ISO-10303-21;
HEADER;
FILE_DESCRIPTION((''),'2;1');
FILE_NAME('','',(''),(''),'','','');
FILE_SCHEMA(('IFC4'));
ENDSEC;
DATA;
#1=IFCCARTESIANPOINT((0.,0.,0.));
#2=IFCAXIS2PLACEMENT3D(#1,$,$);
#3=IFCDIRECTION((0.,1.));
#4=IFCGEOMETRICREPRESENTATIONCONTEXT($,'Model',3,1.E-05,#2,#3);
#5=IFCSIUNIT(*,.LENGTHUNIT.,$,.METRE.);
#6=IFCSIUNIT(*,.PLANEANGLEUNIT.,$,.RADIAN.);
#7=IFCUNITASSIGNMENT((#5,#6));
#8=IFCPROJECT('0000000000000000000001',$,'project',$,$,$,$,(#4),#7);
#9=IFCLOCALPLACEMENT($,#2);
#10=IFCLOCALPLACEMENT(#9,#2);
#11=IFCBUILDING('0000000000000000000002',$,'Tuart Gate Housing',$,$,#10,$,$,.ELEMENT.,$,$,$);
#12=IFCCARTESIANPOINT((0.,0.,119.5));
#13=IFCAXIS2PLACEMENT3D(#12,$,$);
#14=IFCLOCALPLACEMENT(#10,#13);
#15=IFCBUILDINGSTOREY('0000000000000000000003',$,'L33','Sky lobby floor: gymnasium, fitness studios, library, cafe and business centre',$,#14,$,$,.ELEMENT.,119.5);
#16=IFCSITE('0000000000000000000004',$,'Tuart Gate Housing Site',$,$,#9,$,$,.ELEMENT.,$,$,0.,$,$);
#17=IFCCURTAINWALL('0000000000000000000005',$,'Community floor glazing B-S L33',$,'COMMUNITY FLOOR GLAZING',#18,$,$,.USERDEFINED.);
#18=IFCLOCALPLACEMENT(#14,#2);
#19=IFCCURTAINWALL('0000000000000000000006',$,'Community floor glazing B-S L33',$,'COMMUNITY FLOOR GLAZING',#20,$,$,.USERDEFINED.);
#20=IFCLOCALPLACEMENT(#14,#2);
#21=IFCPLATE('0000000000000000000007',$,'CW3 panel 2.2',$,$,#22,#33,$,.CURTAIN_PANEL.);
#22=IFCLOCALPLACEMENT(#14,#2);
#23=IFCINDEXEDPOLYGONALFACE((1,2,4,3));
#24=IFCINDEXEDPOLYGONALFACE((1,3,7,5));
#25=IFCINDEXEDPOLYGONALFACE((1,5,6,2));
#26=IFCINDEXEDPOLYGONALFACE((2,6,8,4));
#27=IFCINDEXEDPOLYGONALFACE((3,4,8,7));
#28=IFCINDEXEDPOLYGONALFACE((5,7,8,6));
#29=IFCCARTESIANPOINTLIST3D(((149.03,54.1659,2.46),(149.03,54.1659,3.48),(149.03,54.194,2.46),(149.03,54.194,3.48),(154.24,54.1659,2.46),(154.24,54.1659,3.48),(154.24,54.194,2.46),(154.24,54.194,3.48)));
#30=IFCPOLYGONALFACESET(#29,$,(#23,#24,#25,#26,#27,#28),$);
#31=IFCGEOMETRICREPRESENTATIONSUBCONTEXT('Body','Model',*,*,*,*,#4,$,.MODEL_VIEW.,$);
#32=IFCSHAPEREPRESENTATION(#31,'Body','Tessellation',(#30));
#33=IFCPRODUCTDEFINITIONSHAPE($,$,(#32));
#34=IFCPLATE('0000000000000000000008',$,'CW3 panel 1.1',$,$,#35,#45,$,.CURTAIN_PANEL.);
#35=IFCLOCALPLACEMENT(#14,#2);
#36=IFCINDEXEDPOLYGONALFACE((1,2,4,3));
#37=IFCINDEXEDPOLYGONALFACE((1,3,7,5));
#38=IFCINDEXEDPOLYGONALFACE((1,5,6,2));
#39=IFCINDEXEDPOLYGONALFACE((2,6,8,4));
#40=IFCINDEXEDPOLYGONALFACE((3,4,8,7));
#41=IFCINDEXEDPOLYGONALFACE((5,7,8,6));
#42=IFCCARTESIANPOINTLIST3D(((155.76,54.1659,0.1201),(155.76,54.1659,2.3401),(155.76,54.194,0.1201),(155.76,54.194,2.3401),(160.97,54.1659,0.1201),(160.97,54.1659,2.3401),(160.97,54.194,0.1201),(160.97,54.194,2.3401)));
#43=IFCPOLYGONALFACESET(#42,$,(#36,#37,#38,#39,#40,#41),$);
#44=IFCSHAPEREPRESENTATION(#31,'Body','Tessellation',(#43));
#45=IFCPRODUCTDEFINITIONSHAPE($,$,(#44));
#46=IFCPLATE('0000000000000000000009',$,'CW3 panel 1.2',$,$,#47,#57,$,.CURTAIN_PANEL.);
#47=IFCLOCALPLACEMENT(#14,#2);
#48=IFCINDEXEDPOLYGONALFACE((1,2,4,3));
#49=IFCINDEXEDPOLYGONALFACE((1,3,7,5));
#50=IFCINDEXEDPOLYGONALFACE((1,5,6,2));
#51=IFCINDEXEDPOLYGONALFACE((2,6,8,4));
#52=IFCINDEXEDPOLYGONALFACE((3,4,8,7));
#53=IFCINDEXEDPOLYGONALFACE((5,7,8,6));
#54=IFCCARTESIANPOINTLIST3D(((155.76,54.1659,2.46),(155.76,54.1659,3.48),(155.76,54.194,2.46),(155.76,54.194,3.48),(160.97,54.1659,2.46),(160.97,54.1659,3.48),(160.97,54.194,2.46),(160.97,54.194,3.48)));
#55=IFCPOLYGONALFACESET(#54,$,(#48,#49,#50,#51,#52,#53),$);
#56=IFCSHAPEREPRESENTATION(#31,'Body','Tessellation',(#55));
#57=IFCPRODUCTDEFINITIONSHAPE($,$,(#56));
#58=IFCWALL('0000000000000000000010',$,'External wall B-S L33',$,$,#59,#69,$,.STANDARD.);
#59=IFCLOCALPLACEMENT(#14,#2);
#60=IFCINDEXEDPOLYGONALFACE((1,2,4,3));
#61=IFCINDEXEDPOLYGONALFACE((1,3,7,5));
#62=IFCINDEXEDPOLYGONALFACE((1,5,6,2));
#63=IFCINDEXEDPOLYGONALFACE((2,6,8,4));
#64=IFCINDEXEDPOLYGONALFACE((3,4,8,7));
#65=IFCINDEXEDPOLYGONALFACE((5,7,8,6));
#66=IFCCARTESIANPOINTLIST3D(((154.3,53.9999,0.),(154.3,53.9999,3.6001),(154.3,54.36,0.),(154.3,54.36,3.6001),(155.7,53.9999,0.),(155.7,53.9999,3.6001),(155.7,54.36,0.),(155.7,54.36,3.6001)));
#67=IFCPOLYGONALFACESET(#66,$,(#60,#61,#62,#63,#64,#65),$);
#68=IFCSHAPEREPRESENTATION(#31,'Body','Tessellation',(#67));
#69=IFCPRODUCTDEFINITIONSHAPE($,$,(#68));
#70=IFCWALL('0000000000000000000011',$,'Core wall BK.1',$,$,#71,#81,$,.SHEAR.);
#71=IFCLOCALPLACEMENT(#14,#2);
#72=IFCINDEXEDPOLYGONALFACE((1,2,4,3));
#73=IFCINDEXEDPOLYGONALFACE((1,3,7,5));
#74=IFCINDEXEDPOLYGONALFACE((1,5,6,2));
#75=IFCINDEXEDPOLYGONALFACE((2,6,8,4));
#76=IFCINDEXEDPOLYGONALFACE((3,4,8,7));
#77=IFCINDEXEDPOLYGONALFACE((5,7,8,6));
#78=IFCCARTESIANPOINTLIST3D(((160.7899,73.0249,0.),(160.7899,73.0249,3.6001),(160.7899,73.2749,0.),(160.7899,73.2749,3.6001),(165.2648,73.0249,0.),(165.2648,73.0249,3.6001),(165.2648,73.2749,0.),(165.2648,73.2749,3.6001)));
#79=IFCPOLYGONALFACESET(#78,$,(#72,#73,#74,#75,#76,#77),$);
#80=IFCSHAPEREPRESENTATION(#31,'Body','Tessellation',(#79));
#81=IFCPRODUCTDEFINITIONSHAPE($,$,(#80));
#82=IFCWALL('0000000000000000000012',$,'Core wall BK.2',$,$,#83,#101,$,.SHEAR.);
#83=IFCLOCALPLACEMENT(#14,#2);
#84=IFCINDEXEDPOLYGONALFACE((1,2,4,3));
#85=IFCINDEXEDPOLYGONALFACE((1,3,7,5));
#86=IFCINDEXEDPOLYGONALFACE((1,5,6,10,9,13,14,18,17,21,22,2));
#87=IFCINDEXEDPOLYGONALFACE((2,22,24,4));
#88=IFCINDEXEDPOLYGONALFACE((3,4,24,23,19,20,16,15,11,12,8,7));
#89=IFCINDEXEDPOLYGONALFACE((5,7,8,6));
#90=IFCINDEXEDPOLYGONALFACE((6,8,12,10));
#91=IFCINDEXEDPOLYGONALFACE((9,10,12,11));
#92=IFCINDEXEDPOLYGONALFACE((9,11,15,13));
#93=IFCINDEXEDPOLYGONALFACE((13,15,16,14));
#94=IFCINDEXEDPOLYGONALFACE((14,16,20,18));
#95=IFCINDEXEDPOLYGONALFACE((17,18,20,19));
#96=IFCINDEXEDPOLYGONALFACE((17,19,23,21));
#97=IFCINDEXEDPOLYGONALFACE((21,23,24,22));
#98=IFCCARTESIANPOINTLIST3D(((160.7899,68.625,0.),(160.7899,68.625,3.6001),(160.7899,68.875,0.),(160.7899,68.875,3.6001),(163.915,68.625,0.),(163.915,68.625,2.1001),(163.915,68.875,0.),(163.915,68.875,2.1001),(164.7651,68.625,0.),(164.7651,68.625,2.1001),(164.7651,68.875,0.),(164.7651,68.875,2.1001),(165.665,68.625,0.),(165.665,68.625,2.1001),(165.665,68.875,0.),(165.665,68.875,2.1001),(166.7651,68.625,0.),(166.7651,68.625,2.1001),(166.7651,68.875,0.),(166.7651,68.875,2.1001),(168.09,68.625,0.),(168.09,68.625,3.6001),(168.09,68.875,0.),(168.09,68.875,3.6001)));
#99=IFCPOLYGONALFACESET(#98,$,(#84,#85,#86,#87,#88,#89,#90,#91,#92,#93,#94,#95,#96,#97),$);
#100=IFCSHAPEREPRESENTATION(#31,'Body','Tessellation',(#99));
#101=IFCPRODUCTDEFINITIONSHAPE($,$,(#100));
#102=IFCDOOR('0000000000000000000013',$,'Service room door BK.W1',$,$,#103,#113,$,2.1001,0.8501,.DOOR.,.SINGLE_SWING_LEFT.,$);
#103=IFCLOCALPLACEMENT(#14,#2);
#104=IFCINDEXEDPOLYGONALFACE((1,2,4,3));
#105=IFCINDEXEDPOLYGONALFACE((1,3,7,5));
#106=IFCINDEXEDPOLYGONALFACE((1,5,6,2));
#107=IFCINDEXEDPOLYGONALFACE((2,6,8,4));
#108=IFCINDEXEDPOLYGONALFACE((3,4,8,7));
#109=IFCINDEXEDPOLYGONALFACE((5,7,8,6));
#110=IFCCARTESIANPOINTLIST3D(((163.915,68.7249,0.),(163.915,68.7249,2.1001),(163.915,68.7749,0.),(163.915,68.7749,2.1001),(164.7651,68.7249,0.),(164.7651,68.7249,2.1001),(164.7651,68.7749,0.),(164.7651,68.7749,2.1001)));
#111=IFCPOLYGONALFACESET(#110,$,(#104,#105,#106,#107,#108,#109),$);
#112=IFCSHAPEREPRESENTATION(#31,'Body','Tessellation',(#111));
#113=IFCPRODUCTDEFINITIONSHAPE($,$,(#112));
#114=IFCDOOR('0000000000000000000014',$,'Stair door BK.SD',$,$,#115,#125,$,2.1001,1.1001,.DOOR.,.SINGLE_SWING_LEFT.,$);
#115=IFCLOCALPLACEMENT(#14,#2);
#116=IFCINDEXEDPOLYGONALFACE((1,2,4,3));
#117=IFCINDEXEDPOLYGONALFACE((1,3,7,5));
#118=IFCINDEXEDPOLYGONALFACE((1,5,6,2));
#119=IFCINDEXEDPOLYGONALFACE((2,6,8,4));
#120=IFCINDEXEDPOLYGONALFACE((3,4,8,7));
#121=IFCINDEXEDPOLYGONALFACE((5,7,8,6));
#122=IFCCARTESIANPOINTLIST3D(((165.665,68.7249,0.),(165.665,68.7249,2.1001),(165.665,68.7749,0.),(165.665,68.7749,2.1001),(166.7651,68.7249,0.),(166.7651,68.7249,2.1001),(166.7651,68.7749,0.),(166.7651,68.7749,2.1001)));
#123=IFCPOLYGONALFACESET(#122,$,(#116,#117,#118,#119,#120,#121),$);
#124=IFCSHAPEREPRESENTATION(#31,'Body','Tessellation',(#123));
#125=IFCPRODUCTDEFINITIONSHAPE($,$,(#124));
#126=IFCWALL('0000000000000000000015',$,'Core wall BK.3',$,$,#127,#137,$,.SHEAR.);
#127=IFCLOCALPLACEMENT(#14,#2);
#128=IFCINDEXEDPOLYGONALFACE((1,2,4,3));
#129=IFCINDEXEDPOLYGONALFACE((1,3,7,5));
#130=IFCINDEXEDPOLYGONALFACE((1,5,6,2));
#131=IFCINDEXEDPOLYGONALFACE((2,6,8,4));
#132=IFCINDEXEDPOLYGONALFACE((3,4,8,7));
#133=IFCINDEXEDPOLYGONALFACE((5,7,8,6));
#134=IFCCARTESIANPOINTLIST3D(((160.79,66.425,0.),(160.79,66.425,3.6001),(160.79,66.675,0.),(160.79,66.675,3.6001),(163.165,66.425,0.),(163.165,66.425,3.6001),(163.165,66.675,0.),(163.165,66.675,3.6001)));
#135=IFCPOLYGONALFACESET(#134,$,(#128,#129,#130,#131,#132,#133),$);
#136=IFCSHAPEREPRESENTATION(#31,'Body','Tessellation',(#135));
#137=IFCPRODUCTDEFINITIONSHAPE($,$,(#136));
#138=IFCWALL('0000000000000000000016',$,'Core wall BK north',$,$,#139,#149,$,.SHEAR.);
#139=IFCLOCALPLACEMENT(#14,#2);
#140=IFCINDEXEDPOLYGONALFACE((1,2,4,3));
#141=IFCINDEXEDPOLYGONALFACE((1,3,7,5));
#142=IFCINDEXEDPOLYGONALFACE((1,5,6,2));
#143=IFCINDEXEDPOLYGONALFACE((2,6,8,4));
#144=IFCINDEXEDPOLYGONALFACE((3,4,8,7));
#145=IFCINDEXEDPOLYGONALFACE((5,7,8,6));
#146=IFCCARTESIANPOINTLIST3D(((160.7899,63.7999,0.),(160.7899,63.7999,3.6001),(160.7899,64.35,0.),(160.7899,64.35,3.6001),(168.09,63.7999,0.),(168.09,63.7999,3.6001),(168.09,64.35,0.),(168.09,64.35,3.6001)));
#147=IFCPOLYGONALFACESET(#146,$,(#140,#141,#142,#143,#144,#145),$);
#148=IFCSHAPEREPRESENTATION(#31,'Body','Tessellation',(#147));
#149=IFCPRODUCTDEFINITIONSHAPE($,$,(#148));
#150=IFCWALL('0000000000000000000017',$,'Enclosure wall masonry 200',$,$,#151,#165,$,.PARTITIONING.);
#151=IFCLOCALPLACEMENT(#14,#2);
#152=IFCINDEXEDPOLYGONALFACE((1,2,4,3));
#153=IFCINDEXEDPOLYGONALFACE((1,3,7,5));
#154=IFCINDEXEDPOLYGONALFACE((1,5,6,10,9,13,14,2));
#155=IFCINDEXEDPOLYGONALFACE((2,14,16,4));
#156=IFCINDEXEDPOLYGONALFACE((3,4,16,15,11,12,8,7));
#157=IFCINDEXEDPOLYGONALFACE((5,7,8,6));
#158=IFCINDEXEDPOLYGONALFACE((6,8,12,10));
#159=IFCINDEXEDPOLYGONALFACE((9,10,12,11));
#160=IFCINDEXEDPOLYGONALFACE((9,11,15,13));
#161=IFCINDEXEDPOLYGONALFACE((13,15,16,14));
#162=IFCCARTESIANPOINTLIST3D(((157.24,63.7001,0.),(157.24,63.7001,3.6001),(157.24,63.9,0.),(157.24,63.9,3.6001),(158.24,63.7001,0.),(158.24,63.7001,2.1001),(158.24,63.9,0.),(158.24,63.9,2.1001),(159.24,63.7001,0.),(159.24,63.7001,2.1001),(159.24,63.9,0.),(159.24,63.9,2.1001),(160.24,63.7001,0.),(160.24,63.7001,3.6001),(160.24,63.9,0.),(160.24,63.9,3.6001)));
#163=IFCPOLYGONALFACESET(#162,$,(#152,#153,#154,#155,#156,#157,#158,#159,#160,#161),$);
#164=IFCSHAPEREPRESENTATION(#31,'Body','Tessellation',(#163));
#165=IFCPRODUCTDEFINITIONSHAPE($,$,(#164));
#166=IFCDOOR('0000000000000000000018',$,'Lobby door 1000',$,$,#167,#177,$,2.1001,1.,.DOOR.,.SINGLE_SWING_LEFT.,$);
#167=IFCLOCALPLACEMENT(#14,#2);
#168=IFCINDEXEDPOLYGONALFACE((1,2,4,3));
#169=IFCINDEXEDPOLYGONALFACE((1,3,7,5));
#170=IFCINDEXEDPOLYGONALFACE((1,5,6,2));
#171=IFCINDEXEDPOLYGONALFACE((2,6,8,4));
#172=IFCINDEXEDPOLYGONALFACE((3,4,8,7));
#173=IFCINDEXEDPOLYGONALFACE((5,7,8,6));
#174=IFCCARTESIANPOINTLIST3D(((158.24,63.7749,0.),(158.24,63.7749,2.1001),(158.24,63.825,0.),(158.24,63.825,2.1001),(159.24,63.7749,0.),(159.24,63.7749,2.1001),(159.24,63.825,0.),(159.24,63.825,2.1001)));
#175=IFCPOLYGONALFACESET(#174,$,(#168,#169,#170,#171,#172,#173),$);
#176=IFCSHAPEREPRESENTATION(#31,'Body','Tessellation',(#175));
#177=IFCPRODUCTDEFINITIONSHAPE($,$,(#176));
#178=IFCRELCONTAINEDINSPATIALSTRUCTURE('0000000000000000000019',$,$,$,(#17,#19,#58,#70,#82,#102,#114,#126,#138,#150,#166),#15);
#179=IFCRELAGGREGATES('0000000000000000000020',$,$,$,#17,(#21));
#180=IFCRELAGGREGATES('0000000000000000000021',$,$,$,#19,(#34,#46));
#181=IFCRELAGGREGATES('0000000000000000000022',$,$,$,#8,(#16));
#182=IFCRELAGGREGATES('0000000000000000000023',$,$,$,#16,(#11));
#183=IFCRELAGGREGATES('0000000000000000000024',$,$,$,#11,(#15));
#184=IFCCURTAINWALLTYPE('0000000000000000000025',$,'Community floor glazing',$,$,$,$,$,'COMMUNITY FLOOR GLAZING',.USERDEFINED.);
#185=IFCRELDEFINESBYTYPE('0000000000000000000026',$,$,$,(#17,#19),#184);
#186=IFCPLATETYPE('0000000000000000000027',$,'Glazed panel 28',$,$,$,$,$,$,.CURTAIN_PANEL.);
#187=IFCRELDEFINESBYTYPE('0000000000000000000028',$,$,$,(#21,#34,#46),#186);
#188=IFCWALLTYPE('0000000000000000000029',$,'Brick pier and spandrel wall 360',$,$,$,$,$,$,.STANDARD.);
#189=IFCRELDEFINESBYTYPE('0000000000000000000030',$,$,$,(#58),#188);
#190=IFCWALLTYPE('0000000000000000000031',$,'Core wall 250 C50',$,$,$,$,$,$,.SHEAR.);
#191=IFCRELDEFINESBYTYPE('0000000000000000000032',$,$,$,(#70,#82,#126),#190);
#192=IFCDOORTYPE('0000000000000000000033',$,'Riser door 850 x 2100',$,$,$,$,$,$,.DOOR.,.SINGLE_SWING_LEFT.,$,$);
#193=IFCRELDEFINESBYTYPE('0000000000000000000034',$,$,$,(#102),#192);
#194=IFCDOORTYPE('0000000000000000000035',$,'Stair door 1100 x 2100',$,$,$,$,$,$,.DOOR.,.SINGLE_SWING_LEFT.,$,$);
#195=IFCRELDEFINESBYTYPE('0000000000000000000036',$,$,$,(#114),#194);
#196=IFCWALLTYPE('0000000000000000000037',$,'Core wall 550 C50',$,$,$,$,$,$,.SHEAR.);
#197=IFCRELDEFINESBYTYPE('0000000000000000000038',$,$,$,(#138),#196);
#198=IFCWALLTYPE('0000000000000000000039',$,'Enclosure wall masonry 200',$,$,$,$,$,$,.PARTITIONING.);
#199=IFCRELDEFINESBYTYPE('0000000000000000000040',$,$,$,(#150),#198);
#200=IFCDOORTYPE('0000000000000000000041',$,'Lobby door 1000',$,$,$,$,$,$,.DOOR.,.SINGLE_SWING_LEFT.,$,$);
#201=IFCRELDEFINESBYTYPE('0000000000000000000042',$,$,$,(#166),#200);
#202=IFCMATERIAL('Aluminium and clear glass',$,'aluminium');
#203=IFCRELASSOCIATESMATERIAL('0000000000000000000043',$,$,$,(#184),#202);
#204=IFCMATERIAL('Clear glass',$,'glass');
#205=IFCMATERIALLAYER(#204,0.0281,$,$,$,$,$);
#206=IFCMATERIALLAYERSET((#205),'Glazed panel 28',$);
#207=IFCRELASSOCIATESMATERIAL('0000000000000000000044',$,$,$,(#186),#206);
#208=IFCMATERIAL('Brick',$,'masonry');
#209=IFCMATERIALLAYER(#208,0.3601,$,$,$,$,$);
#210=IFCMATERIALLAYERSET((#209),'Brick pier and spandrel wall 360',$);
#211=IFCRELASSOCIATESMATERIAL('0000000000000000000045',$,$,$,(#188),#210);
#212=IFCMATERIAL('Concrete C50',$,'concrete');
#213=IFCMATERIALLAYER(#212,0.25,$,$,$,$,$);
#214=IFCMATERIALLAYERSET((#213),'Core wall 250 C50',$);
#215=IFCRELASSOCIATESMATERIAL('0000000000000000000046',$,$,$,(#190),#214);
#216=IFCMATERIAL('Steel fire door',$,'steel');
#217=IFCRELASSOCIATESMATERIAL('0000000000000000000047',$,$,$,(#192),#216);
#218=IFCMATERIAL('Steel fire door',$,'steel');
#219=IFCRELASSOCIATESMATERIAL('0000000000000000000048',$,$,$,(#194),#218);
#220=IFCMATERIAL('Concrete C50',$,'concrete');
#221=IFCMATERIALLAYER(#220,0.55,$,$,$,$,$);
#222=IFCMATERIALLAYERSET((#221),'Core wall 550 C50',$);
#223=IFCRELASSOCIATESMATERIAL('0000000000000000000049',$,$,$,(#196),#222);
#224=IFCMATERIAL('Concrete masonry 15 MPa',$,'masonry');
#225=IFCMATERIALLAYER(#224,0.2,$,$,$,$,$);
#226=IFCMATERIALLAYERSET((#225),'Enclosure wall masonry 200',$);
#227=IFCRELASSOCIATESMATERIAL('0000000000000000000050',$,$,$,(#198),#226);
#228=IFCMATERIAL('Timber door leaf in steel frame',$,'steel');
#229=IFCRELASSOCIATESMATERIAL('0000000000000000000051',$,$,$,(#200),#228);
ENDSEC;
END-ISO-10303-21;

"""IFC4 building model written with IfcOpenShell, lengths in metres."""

from ifc_helpers import new_model, si_unit, direction, frame, frame_2d, origin, origin_2d, place, context, subcontext, project, spatial, rectangle, extrude, material, layer, layer_set, type_object, element, fill, aggregate, save


model = new_model("IFC4")

# Units and contexts
model_context = context("Model", 3, precision=1e-05, world=origin(), true_north=direction((0.0, 1.0)))
body_context = subcontext(model_context, "Body", "Model", "MODEL_VIEW")
ifc_project = project(units=[si_unit("LENGTHUNIT", "METRE"), si_unit("PLANEANGLEUNIT", "RADIAN")], contexts=[model_context])

# Site, building, storey
site_placement = place(None, origin())
site = spatial("IfcSite", under=ifc_project, at=site_placement, Name="Tuart Gate Housing Site", CompositionType="ELEMENT", RefElevation=0.0)
building_placement = place(site_placement, origin())
building = spatial("IfcBuilding", under=site, at=building_placement, Name="Tuart Gate Housing", CompositionType="ELEMENT")
storey_placement = place(building_placement, frame((0.0, 0.0, 119.5)))
storey = spatial("IfcBuildingStorey", under=building, at=storey_placement, Name="L33", Description="Sky lobby floor: gymnasium, fitness studios, library, cafe and business centre", CompositionType="ELEMENT", Elevation=119.5)

# Curtain wall
ifc_material_1 = material(Name="Aluminium and clear glass", Category="aluminium")
curtain_wall_type = type_object("IfcCurtainWallType", Name="Community floor glazing", ElementType="COMMUNITY FLOOR GLAZING", PredefinedType="USERDEFINED", material=ifc_material_1)
curtain_wall_1_placement = place(storey_placement, origin())
curtain_wall_1 = element("IfcCurtainWall", 1, at=curtain_wall_1_placement, inside=storey, type_object=curtain_wall_type, Name="Community floor glazing B-S L33", ObjectType="COMMUNITY FLOOR GLAZING", PredefinedType="USERDEFINED")

# Curtain wall
curtain_wall_2_placement = place(storey_placement, origin())
curtain_wall_2 = element("IfcCurtainWall", 2, at=curtain_wall_2_placement, inside=storey, type_object=curtain_wall_type, Name="Community floor glazing B-S L33", ObjectType="COMMUNITY FLOOR GLAZING", PredefinedType="USERDEFINED")

# Plates
ifc_material_2 = material(Name="Clear glass", Category="glass")
ifc_layer_1 = layer(ifc_material_2, 0.0281)
ifc_layer_set_1 = layer_set([ifc_layer_1], Name="Glazed panel 28")
plate_type = type_object("IfcPlateType", Name="Glazed panel 28", PredefinedType="CURTAIN_PANEL", material=ifc_layer_set_1)
plate_1_placement = place(storey_placement, frame((151.635, 54.1799, 2.46), z_axis=(0.0, 0.0, 1.0), x_axis=(1.0, 0.0, 0.0)))
plate_1 = element("IfcPlate", 3, at=plate_1_placement, type_object=plate_type, Name="CW3 panel 2.2", PredefinedType="CURTAIN_PANEL", context=body_context, shape_type="SweptSolid", body=[
    extrude(rectangle(XDim=5.21, YDim=0.0281, at=origin_2d()), origin(), (0.0, 0.0, 1.0), 1.02),
])
aggregate(curtain_wall_1, [plate_1])
plate_2_placement = place(storey_placement, frame((158.365, 54.1799, 0.1201), z_axis=(0.0, 0.0, 1.0), x_axis=(1.0, 0.0, 0.0)))
plate_2 = element("IfcPlate", 4, at=plate_2_placement, type_object=plate_type, Name="CW3 panel 1.1", PredefinedType="CURTAIN_PANEL", context=body_context, shape_type="SweptSolid", body=[
    extrude(rectangle(XDim=5.21, YDim=0.0281, at=origin_2d()), origin(), (0.0, 0.0, 1.0), 2.22),
])
plate_3_placement = place(storey_placement, frame((158.365, 54.1799, 2.46), z_axis=(0.0, 0.0, 1.0), x_axis=(1.0, 0.0, 0.0)))
plate_3 = element("IfcPlate", 5, at=plate_3_placement, type_object=plate_type, Name="CW3 panel 1.2", PredefinedType="CURTAIN_PANEL", context=body_context, shape_type="SweptSolid", body=[
    extrude(rectangle(XDim=5.21, YDim=0.0281, at=origin_2d()), origin(), (0.0, 0.0, 1.0), 1.02),
])
aggregate(curtain_wall_2, [plate_2, plate_3])

# Walls
ifc_material_3 = material(Name="Brick", Category="masonry")
ifc_layer_2 = layer(ifc_material_3, 0.3601)
ifc_layer_set_2 = layer_set([ifc_layer_2], Name="Brick pier and spandrel wall 360")
wall_type_1 = type_object("IfcWallType", Name="Brick pier and spandrel wall 360", PredefinedType="STANDARD", material=ifc_layer_set_2)
wall_1_placement = place(storey_placement, frame((154.3, 54.1799, 0.0), z_axis=(0.0, 0.0, 1.0), x_axis=(1.0, 0.0, 0.0)))
element("IfcWall", 6, at=wall_1_placement, inside=storey, type_object=wall_type_1, Name="External wall B-S L33", PredefinedType="STANDARD", context=body_context, shape_type="SweptSolid", body=[
    extrude(rectangle(XDim=1.3999, YDim=0.3601, at=frame_2d((0.7, 0.0))), origin(), (0.0, 0.0, 1.0), 3.6001),
])
ifc_material_4 = material(Name="Concrete C50", Category="concrete")
ifc_layer_3 = layer(ifc_material_4, 0.25)
ifc_layer_set_3 = layer_set([ifc_layer_3], Name="Core wall 250 C50")
wall_type_2 = type_object("IfcWallType", Name="Core wall 250 C50", PredefinedType="SHEAR", material=ifc_layer_set_3)
wall_2_placement = place(storey_placement, frame((160.79, 73.1499, 0.0), z_axis=(0.0, 0.0, 1.0), x_axis=(1.0, 0.0, 0.0)))
element("IfcWall", 7, at=wall_2_placement, inside=storey, type_object=wall_type_2, Name="Core wall BK.1", PredefinedType="SHEAR", context=body_context, shape_type="SweptSolid", body=[
    extrude(rectangle(XDim=4.4749, YDim=0.25, at=frame_2d((2.2373, 0.0))), origin(), (0.0, 0.0, 1.0), 3.6001),
])

# Wall, openings, doors
wall_3_placement = place(storey_placement, frame((160.79, 68.75, 0.0), z_axis=(0.0, 0.0, 1.0), x_axis=(1.0, 0.0, 0.0)))
wall_3 = element("IfcWall", 8, at=wall_3_placement, inside=storey, type_object=wall_type_2, Name="Core wall BK.2", PredefinedType="SHEAR", context=body_context, shape_type="SweptSolid", body=[
    extrude(rectangle(XDim=7.3, YDim=0.25, at=frame_2d((3.6499, 0.0))), origin(), (0.0, 0.0, 1.0), 3.6001),
])
opening_1_placement = place(wall_3_placement, frame((4.875, 0.0, 0.0)))
opening_1 = element("IfcOpeningElement", 9, at=opening_1_placement, cuts=wall_3, PredefinedType="OPENING", context=body_context, shape_type="SweptSolid", body=[
    extrude(rectangle(XDim=1.1001, YDim=2.1001, at=frame_2d((0.55, 1.05))), frame((0.0, 0.135, 0.0), z_axis=(0.0, -1.0, 0.0), x_axis=(1.0, 0.0, 0.0)), (0.0, 0.0, 1.0), 0.27),
])
opening_2_placement = place(wall_3_placement, frame((3.125, 0.0, 0.0)))
opening_2 = element("IfcOpeningElement", 10, at=opening_2_placement, cuts=wall_3, PredefinedType="OPENING", context=body_context, shape_type="SweptSolid", body=[
    extrude(rectangle(XDim=0.8501, YDim=2.1001, at=frame_2d((0.425, 1.05))), frame((0.0, 0.135, 0.0), z_axis=(0.0, -1.0, 0.0), x_axis=(1.0, 0.0, 0.0)), (0.0, 0.0, 1.0), 0.27),
])
ifc_material_5 = material(Name="Steel fire door", Category="steel")
door_type_1 = type_object("IfcDoorType", Name="Riser door 850 x 2100", OperationType="SINGLE_SWING_LEFT", PredefinedType="DOOR", material=ifc_material_5)
door_1_placement = place(opening_2_placement, origin())
door_1 = element("IfcDoor", 11, at=door_1_placement, inside=storey, type_object=door_type_1, Name="Service room door BK.W1", OperationType="SINGLE_SWING_LEFT", OverallHeight=2.1001, OverallWidth=0.8501, PredefinedType="DOOR", context=body_context, shape_type="SweptSolid", body=[
    extrude(rectangle(XDim=0.8501, YDim=2.1001, at=frame_2d((0.425, 1.05))), frame((0.0, 0.0249, 0.0), z_axis=(0.0, -1.0, 0.0), x_axis=(1.0, 0.0, 0.0)), (0.0, 0.0, 1.0), 0.05),
])
fill(opening_2, door_1)
ifc_material_6 = material(Name="Steel fire door", Category="steel")
door_type_2 = type_object("IfcDoorType", Name="Stair door 1100 x 2100", OperationType="SINGLE_SWING_LEFT", PredefinedType="DOOR", material=ifc_material_6)
door_2_placement = place(opening_1_placement, origin())
door_2 = element("IfcDoor", 12, at=door_2_placement, inside=storey, type_object=door_type_2, Name="Stair door BK.SD", OperationType="SINGLE_SWING_LEFT", OverallHeight=2.1001, OverallWidth=1.1001, PredefinedType="DOOR", context=body_context, shape_type="SweptSolid", body=[
    extrude(rectangle(XDim=1.1001, YDim=2.1001, at=frame_2d((0.55, 1.05))), frame((0.0, 0.0249, 0.0), z_axis=(0.0, -1.0, 0.0), x_axis=(1.0, 0.0, 0.0)), (0.0, 0.0, 1.0), 0.05),
])
fill(opening_1, door_2)

# Walls
wall_4_placement = place(storey_placement, frame((160.79, 66.55, 0.0), z_axis=(0.0, 0.0, 1.0), x_axis=(1.0, 0.0, 0.0)))
element("IfcWall", 13, at=wall_4_placement, inside=storey, type_object=wall_type_2, Name="Core wall BK.3", PredefinedType="SHEAR", context=body_context, shape_type="SweptSolid", body=[
    extrude(rectangle(XDim=2.375, YDim=0.25, at=frame_2d((1.1875, 0.0))), origin(), (0.0, 0.0, 1.0), 3.6001),
])
ifc_material_7 = material(Name="Concrete C50", Category="concrete")
ifc_layer_4 = layer(ifc_material_7, 0.55)
ifc_layer_set_4 = layer_set([ifc_layer_4], Name="Core wall 550 C50")
wall_type_3 = type_object("IfcWallType", Name="Core wall 550 C50", PredefinedType="SHEAR", material=ifc_layer_set_4)
wall_5_placement = place(storey_placement, frame((160.79, 64.075, 0.0), z_axis=(0.0, 0.0, 1.0), x_axis=(1.0, 0.0, 0.0)))
element("IfcWall", 14, at=wall_5_placement, inside=storey, type_object=wall_type_3, Name="Core wall BK north", PredefinedType="SHEAR", context=body_context, shape_type="SweptSolid", body=[
    extrude(rectangle(XDim=7.3, YDim=0.55, at=frame_2d((3.6499, 0.0))), origin(), (0.0, 0.0, 1.0), 3.6001),
])

# Wall, opening, door
ifc_material_8 = material(Name="Concrete masonry 15 MPa", Category="masonry")
ifc_layer_5 = layer(ifc_material_8, 0.2)
ifc_layer_set_5 = layer_set([ifc_layer_5], Name="Enclosure wall masonry 200")
wall_type_4 = type_object("IfcWallType", Name="Enclosure wall masonry 200", PredefinedType="PARTITIONING", material=ifc_layer_set_5)
wall_6_placement = place(storey_placement, frame((157.24, 63.8, 0.0), z_axis=(0.0, 0.0, 1.0), x_axis=(1.0, 0.0, 0.0)))
wall_6 = element("IfcWall", 15, at=wall_6_placement, inside=storey, type_object=wall_type_4, Name="Enclosure wall masonry 200", PredefinedType="PARTITIONING", context=body_context, shape_type="SweptSolid", body=[
    extrude(rectangle(XDim=3.0, YDim=0.2, at=frame_2d((1.5, 0.0))), origin(), (0.0, 0.0, 1.0), 3.6001),
])
opening_3_placement = place(wall_6_placement, frame((1.0, 0.0, 0.0)))
opening_3 = element("IfcOpeningElement", 16, at=opening_3_placement, cuts=wall_6, PredefinedType="OPENING", context=body_context, shape_type="SweptSolid", body=[
    extrude(rectangle(XDim=1.0, YDim=2.1001, at=frame_2d((0.5, 1.05))), frame((0.0, 0.1099, 0.0), z_axis=(0.0, -1.0, 0.0), x_axis=(1.0, 0.0, 0.0)), (0.0, 0.0, 1.0), 0.22),
])
ifc_material_9 = material(Name="Timber door leaf in steel frame", Category="steel")
door_type_3 = type_object("IfcDoorType", Name="Lobby door 1000", OperationType="SINGLE_SWING_LEFT", PredefinedType="DOOR", material=ifc_material_9)
door_3_placement = place(opening_3_placement, origin())
door_3 = element("IfcDoor", 17, at=door_3_placement, inside=storey, type_object=door_type_3, Name="Lobby door 1000", OperationType="SINGLE_SWING_LEFT", OverallHeight=2.1001, OverallWidth=1.0, PredefinedType="DOOR", context=body_context, shape_type="SweptSolid", body=[
    extrude(rectangle(XDim=1.0, YDim=2.1001, at=frame_2d((0.5, 1.05))), frame((0.0, 0.0249, 0.0), z_axis=(0.0, -1.0, 0.0), x_axis=(1.0, 0.0, 0.0)), (0.0, 0.0, 1.0), 0.05),
])
fill(opening_3, door_3)

save(model, "model.ifc")
